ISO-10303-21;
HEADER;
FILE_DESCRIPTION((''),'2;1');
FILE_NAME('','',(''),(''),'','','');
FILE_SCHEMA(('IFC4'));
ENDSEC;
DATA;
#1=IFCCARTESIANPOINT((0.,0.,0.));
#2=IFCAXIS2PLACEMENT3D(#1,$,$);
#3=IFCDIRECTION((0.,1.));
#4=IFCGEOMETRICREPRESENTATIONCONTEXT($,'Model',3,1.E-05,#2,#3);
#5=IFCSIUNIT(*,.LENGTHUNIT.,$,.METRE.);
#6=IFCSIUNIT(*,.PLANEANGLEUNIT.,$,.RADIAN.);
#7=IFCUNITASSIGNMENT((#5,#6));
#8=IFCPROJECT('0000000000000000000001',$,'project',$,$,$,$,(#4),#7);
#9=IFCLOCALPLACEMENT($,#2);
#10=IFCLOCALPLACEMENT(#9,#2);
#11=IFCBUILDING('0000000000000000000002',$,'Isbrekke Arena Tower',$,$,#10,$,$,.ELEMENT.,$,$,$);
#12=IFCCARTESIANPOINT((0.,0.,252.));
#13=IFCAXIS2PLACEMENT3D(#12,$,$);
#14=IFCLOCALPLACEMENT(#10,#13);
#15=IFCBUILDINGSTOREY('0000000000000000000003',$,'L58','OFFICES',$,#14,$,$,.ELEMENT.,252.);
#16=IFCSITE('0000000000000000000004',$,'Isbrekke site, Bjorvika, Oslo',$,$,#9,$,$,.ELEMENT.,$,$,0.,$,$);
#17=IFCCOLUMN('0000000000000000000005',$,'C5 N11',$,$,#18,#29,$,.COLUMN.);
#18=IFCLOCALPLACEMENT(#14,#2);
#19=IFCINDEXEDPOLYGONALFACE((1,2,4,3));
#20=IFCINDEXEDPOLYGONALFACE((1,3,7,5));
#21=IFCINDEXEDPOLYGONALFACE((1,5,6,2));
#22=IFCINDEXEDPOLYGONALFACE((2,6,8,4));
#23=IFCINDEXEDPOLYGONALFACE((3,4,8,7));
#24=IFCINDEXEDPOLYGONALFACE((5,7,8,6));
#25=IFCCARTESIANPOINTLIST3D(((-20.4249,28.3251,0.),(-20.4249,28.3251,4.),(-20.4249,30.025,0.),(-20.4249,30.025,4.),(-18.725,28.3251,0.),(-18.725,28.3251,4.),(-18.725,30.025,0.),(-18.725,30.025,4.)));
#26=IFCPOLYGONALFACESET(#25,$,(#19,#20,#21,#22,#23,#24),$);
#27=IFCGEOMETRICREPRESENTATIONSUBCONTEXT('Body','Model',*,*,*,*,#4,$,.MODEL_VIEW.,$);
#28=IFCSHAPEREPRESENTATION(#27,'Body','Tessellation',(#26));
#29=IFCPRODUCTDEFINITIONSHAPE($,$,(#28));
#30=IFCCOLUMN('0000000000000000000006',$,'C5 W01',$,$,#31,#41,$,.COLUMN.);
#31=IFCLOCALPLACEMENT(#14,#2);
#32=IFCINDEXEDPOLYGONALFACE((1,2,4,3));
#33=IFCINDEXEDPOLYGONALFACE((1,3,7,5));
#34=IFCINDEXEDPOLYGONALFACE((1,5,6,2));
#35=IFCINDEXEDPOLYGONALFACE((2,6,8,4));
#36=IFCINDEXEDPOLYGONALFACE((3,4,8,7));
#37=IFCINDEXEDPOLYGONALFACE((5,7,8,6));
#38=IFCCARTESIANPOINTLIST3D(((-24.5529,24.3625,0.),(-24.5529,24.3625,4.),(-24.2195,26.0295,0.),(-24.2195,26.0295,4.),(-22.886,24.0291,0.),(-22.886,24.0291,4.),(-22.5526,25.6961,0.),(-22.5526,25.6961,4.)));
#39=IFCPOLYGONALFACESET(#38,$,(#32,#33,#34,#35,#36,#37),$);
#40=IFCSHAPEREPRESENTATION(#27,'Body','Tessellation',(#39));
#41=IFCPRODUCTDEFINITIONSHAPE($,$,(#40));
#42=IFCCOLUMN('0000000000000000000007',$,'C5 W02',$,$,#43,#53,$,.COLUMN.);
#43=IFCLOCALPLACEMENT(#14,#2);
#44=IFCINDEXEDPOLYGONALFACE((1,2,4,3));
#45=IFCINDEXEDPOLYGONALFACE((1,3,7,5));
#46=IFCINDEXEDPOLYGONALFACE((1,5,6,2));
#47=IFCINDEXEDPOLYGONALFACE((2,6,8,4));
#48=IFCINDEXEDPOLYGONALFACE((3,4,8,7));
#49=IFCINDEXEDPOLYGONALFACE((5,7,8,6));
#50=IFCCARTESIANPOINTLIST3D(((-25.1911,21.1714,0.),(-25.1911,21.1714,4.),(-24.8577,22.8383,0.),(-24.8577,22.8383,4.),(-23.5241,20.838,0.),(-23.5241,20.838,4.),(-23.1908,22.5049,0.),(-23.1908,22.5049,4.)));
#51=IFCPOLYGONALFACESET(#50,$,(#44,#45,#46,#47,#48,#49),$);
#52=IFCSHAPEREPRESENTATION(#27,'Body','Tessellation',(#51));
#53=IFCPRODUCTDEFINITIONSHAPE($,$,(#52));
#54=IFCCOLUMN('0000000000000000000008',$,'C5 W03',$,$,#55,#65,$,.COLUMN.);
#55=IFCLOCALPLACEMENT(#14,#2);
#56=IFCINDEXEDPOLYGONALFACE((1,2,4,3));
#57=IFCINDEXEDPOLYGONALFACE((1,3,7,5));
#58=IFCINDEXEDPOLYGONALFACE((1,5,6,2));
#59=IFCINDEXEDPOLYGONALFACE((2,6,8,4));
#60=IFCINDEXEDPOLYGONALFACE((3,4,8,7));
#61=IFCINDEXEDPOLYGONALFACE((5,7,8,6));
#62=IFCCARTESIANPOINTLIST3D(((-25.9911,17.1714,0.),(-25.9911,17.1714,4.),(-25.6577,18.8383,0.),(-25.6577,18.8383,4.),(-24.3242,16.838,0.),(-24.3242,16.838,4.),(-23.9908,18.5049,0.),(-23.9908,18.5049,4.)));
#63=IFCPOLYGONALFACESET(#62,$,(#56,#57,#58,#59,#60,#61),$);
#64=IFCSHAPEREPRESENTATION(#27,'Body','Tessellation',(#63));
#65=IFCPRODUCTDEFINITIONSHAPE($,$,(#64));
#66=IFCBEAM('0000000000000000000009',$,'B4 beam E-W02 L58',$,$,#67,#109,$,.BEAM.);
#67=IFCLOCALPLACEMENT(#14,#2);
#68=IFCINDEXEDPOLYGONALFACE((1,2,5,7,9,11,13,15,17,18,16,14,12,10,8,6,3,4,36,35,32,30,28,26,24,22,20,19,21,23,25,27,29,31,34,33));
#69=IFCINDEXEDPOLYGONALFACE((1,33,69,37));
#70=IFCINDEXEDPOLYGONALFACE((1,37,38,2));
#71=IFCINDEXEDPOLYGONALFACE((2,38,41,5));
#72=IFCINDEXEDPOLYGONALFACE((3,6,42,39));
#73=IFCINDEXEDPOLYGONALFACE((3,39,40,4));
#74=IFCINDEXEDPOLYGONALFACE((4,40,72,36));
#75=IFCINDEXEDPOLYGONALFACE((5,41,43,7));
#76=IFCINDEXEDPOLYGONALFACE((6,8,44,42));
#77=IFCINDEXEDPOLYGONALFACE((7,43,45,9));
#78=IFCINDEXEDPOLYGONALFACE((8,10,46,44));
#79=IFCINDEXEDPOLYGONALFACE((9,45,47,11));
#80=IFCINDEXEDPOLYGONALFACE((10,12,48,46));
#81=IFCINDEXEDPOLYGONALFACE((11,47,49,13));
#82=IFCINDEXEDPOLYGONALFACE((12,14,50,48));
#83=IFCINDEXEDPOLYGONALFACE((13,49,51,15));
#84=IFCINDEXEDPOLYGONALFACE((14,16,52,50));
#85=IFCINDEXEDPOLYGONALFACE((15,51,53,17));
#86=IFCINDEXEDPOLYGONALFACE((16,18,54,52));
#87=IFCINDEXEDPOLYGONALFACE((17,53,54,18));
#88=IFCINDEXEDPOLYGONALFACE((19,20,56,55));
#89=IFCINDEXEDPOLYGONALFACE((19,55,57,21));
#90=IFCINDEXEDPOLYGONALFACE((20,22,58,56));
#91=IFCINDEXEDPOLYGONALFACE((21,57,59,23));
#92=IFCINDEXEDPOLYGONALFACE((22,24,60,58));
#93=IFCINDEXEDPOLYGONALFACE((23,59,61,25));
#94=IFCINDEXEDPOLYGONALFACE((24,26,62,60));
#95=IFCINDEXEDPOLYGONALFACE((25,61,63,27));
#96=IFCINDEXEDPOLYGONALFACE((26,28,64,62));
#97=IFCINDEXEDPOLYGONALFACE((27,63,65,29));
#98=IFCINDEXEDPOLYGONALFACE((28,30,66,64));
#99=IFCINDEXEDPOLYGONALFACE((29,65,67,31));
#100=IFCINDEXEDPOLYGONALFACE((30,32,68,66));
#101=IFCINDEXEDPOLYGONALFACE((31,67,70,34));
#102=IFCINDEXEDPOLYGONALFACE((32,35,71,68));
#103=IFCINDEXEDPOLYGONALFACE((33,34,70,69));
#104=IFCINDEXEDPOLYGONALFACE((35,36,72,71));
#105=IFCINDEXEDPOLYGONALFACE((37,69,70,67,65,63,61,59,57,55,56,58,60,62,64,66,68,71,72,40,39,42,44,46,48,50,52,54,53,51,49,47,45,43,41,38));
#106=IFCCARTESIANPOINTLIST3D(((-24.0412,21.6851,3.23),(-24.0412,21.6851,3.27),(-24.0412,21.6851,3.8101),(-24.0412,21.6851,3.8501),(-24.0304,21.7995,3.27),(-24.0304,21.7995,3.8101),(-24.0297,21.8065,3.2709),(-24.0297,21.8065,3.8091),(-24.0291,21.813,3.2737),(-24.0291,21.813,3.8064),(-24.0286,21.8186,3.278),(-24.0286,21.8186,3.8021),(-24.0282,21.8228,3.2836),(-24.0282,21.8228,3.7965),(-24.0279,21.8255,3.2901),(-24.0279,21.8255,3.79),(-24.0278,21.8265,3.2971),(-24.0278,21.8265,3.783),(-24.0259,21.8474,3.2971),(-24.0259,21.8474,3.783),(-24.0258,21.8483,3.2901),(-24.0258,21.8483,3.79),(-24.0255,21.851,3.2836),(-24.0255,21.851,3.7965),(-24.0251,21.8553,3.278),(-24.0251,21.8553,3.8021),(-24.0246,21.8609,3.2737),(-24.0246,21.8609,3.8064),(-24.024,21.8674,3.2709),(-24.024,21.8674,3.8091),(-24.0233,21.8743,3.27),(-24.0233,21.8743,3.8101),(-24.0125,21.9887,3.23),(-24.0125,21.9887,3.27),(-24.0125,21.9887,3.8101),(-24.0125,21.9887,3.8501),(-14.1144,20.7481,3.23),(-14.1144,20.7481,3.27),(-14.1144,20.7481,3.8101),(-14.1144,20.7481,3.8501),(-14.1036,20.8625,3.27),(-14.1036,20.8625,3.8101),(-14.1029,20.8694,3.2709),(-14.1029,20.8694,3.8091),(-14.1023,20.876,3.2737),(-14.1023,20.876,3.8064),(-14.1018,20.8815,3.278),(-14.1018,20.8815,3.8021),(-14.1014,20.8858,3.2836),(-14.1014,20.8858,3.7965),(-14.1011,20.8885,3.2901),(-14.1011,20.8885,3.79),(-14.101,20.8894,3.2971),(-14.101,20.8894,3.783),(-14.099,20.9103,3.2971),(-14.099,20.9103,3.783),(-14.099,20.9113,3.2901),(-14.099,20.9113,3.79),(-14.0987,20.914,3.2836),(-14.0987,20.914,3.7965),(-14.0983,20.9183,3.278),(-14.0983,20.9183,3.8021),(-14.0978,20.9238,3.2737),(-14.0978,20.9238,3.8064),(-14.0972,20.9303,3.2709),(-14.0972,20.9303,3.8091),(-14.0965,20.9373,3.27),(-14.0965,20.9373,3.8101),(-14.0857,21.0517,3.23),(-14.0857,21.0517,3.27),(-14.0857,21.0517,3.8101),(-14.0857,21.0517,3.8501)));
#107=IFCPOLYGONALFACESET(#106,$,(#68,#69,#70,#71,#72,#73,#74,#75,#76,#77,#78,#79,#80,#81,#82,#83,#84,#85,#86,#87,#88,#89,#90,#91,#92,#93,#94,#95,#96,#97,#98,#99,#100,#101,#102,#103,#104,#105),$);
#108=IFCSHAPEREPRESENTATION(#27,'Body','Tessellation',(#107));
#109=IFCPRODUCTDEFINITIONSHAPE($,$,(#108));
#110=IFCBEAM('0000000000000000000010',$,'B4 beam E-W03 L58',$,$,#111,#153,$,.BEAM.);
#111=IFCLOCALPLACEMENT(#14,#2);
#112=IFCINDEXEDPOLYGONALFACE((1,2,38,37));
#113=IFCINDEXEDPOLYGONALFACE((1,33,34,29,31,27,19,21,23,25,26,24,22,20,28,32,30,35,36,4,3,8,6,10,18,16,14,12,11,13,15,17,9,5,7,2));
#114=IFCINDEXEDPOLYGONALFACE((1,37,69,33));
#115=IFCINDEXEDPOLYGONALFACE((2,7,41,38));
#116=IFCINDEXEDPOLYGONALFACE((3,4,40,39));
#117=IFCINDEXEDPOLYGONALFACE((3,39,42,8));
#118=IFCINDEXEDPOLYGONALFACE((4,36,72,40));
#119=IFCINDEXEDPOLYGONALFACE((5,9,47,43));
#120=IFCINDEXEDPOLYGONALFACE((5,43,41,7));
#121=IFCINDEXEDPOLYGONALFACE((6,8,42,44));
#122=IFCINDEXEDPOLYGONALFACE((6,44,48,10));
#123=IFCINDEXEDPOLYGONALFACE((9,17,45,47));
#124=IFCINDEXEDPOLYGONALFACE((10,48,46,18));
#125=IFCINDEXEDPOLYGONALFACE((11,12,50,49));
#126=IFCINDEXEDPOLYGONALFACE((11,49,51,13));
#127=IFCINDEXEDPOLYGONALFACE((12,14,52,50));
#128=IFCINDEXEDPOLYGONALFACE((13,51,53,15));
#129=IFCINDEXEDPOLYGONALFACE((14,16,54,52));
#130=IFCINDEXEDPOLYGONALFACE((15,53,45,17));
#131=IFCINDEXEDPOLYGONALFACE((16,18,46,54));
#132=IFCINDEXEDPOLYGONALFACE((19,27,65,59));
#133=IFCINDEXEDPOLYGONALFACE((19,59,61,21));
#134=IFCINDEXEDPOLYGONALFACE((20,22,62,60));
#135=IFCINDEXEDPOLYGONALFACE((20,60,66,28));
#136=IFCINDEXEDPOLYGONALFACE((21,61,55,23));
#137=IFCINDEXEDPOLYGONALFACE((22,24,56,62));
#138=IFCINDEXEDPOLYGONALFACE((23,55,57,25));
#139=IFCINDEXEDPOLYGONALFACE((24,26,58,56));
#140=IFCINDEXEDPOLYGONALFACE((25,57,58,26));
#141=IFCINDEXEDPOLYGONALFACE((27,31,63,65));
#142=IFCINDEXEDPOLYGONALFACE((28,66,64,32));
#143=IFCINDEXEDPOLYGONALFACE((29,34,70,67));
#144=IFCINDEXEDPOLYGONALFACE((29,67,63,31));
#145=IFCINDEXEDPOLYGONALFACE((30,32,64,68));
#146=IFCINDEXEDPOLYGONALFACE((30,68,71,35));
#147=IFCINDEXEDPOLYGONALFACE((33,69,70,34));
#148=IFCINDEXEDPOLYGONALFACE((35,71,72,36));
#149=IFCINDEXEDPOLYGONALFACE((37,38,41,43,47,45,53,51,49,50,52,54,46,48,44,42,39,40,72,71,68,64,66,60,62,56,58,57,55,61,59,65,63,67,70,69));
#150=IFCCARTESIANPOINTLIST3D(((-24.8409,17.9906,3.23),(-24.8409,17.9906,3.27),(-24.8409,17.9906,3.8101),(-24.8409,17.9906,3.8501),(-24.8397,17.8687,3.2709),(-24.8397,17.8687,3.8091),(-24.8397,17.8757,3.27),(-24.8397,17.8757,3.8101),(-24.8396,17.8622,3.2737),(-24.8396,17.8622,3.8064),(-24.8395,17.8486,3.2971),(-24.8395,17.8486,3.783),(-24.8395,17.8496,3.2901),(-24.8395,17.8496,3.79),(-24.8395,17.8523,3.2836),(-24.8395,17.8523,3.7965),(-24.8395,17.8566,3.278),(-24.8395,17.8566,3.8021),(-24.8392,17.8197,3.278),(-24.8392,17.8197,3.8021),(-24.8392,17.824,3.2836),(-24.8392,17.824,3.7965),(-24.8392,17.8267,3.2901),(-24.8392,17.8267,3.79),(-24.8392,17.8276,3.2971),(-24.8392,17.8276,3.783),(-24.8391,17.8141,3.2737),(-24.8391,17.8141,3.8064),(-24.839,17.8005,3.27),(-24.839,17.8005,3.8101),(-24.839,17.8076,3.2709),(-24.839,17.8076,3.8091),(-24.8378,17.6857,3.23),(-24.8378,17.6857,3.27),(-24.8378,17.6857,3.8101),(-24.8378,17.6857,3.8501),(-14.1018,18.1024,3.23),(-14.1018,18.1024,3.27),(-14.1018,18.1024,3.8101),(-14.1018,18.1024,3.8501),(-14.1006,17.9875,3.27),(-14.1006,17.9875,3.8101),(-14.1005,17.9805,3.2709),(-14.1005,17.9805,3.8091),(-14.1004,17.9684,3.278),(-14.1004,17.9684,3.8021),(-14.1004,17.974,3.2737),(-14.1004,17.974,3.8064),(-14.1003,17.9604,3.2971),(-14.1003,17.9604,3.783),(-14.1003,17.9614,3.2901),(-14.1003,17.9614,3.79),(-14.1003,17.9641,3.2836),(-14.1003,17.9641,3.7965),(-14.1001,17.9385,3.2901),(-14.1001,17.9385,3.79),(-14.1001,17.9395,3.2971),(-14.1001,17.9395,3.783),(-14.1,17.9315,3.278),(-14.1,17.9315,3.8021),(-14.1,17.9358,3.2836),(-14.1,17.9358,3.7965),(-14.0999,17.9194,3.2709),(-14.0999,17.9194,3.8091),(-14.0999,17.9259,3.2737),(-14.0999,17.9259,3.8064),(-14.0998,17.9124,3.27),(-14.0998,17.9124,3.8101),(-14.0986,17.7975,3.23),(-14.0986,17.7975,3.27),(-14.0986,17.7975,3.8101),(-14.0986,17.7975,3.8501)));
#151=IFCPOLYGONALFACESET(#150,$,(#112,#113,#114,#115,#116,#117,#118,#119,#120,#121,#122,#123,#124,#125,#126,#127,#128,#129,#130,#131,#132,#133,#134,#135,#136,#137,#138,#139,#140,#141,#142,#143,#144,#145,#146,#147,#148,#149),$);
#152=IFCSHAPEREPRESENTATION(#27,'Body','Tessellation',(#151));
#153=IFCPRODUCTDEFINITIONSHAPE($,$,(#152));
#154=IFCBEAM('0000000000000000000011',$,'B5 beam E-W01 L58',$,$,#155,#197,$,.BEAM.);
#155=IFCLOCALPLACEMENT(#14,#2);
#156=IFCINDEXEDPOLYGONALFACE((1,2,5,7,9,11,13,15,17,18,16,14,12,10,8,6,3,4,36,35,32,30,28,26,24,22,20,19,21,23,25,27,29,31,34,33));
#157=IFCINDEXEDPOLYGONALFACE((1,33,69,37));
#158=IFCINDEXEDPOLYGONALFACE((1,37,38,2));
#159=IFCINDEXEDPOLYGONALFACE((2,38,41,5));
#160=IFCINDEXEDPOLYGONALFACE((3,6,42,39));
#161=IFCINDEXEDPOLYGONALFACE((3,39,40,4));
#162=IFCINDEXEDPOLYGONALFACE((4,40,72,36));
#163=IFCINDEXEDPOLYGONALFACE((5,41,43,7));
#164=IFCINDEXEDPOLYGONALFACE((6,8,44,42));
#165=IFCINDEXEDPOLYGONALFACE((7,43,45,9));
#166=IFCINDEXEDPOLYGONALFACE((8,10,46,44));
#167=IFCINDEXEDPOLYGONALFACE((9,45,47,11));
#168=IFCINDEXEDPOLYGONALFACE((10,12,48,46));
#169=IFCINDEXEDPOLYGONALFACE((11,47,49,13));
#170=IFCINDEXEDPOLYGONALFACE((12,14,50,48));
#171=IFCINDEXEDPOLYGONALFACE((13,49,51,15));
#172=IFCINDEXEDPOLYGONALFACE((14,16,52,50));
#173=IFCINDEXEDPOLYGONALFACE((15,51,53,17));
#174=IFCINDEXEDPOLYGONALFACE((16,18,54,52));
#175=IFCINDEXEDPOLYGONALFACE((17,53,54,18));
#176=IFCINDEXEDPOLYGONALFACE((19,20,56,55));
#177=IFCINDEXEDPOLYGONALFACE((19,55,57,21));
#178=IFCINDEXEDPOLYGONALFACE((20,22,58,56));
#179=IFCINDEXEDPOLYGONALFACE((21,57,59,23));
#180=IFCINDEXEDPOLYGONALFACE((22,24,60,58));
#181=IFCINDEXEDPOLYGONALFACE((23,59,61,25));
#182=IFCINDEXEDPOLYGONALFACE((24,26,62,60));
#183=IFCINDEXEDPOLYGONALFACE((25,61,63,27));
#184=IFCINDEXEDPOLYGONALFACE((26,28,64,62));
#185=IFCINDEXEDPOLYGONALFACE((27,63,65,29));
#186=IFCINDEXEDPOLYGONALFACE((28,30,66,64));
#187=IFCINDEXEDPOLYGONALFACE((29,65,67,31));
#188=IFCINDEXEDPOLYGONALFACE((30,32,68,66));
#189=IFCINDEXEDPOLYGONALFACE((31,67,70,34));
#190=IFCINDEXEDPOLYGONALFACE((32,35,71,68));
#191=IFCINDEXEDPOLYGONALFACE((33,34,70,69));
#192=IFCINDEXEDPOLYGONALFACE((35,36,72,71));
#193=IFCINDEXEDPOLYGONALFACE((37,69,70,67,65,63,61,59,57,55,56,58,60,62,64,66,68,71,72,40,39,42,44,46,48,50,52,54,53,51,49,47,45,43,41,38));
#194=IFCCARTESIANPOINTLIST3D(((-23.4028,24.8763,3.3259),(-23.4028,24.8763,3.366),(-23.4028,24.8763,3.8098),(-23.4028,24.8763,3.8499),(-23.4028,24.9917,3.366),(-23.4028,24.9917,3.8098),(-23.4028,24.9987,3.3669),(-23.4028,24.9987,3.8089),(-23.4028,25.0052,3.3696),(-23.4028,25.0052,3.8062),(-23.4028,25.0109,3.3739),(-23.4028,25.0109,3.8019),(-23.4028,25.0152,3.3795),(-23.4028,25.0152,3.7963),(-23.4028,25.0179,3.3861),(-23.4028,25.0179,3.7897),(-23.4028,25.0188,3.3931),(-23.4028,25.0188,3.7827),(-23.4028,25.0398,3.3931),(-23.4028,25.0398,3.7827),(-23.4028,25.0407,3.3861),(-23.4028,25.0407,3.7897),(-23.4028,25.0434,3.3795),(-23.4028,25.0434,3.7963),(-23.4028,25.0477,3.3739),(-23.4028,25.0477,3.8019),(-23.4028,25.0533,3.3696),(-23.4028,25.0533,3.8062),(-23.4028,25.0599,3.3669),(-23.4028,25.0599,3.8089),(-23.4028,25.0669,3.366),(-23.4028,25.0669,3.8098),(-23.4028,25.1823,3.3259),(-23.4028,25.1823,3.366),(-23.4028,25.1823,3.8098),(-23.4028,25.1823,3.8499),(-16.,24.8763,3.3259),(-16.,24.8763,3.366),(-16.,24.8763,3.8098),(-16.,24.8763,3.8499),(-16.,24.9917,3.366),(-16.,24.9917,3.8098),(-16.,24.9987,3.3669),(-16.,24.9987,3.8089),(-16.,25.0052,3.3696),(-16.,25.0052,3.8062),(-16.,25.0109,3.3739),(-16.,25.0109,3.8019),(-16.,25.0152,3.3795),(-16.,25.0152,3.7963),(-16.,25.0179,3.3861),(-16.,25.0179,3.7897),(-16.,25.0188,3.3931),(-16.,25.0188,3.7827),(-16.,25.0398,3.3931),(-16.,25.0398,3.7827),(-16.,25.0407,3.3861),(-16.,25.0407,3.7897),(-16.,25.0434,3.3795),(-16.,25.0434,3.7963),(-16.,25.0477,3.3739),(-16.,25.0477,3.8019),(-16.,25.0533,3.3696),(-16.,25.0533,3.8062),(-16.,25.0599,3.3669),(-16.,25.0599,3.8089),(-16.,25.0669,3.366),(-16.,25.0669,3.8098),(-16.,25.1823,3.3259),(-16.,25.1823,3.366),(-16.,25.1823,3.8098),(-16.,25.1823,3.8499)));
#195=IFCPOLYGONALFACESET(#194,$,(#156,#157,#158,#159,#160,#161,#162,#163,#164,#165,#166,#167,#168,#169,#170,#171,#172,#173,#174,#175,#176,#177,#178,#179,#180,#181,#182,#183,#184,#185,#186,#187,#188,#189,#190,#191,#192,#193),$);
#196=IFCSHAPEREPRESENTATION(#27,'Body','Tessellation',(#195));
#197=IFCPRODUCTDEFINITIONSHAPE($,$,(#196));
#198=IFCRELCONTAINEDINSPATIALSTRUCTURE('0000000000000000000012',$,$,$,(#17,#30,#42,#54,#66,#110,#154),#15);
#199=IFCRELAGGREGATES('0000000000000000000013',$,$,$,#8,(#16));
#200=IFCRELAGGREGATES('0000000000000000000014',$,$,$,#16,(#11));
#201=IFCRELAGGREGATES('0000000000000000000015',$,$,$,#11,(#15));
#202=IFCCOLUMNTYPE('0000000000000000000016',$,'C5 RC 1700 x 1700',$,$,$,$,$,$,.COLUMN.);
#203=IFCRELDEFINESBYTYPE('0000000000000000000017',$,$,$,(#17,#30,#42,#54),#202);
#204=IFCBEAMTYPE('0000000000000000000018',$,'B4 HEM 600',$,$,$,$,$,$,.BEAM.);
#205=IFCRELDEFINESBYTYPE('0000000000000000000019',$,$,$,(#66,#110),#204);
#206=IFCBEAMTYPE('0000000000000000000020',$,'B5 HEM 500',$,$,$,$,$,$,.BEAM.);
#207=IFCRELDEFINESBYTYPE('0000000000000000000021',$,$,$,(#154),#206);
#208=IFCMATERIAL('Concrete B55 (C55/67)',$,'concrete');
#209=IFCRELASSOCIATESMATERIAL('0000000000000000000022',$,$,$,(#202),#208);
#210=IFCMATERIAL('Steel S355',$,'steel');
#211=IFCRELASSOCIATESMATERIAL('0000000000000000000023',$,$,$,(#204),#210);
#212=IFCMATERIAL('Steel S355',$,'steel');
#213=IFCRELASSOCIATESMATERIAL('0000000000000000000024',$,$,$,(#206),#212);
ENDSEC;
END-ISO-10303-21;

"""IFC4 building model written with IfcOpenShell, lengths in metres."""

from ifc_helpers import new_model, si_unit, direction, frame, origin, origin_2d, place, context, subcontext, project, spatial, rectangle, i_section, extrude, material, material_profile, profile_set, type_object, element, save


model = new_model("IFC4")

# Units and contexts
model_context = context("Model", 3, precision=1e-05, world=origin(), true_north=direction((0.0, 1.0)))
body_context = subcontext(model_context, "Body", "Model", "MODEL_VIEW")
ifc_project = project(units=[si_unit("LENGTHUNIT", "METRE"), si_unit("PLANEANGLEUNIT", "RADIAN")], contexts=[model_context])

# Site, building, storey
site_placement = place(None, origin())
site = spatial("IfcSite", under=ifc_project, at=site_placement, Name="Isbrekke site, Bjorvika, Oslo", CompositionType="ELEMENT", RefElevation=0.0)
building_placement = place(site_placement, origin())
building = spatial("IfcBuilding", under=site, at=building_placement, Name="Isbrekke Arena Tower", CompositionType="ELEMENT")
storey_placement = place(building_placement, frame((0.0, 0.0, 252.0)))
storey = spatial("IfcBuildingStorey", under=building, at=storey_placement, Name="L58", Description="OFFICES", CompositionType="ELEMENT", Elevation=252.0)

# Columns
ifc_material_1 = material(Name="Concrete B55 (C55/67)", Category="concrete")
ifc_material_profile_1 = material_profile(ifc_material_1, rectangle(XDim=1.7, YDim=1.7, at=origin_2d()), Name="RC 1700x1700")
ifc_profile_set_1 = profile_set([ifc_material_profile_1], Name="Concrete B55 (C55/67)")
column_type = type_object("IfcColumnType", Name="C5 RC 1700 x 1700", PredefinedType="COLUMN", material=ifc_profile_set_1)
for number, where, z_axis, x_axis, name in (
    (1, (-19.575, 29.175, 0.0), (0.0, 0.0, 1.0), (-1.0, 0.0, 0.0), "C5 N11"),
    (2, (-23.5527, 25.0293, 0.0), (0.0, 0.0, 1.0), (-0.196116, -0.980581, 0.0), "C5 W01"),
    (3, (-24.1909, 21.8381, 0.0), (0.0, 0.0, 1.0), (-0.196116, -0.980581, 0.0), "C5 W02"),
    (4, (-24.991, 17.8381, 0.0), (0.0, 0.0, 1.0), (-0.196116, -0.980581, 0.0), "C5 W03"),
):
    element("IfcColumn", number, at=place(storey_placement, frame(where, z_axis=z_axis, x_axis=x_axis)), inside=storey, type_object=column_type, Name=name, PredefinedType="COLUMN", context=body_context, shape_type="SweptSolid", body=[
        extrude(rectangle(XDim=1.7, YDim=1.7, at=origin_2d()), origin(), (0.0, 0.0, 1.0), 4.0),
    ])

# Beams
ifc_material_2 = material(Name="Steel S355", Category="steel")
ifc_material_profile_2 = material_profile(ifc_material_2, i_section(OverallWidth=0.3049, OverallDepth=0.6201, WebThickness=0.021, FlangeThickness=0.04, FilletRadius=0.0271, at=origin_2d()), Name="HEM 600")
ifc_profile_set_2 = profile_set([ifc_material_profile_2], Name="Steel S355")
beam_type_1 = type_object("IfcBeamType", Name="B4 HEM 600", PredefinedType="BEAM", material=ifc_profile_set_2)
beam_1_placement = place(storey_placement, frame((-24.0269, 21.8369, 3.54), z_axis=(0.995575, -0.093975, 0.0), x_axis=(0.093975, 0.995575, 0.0)))
element("IfcBeam", 5, at=beam_1_placement, inside=storey, type_object=beam_type_1, Name="B4 beam E-W02 L58", PredefinedType="BEAM", context=body_context, shape_type="SweptSolid", body=[
    extrude(i_section(OverallWidth=0.3049, OverallDepth=0.6201, WebThickness=0.021, FlangeThickness=0.04, FilletRadius=0.0271, at=origin_2d()), origin(), (0.0, 0.0, 1.0), 9.9709),
])
beam_2_placement = place(storey_placement, frame((-24.8394, 17.8381, 3.54), z_axis=(0.999946, 0.010411, 0.0), x_axis=(-0.010411, 0.999946, 0.0)))
element("IfcBeam", 6, at=beam_2_placement, inside=storey, type_object=beam_type_1, Name="B4 beam E-W03 L58", PredefinedType="BEAM", context=body_context, shape_type="SweptSolid", body=[
    extrude(i_section(OverallWidth=0.3049, OverallDepth=0.6201, WebThickness=0.021, FlangeThickness=0.04, FilletRadius=0.0271, at=origin_2d()), origin(), (0.0, 0.0, 1.0), 10.7397),
])
ifc_material_3 = material(Name="Steel S355", Category="steel")
ifc_material_profile_3 = material_profile(ifc_material_3, i_section(OverallWidth=0.3059, OverallDepth=0.5239, WebThickness=0.021, FlangeThickness=0.04, FilletRadius=0.0271, at=origin_2d()), Name="HEM 500")
ifc_profile_set_3 = profile_set([ifc_material_profile_3], Name="Steel S355")
beam_type_2 = type_object("IfcBeamType", Name="B5 HEM 500", PredefinedType="BEAM", material=ifc_profile_set_3)
beam_3_placement = place(storey_placement, frame((-23.4028, 25.0293, 3.5879), z_axis=(1.0, 0.0, 0.0), x_axis=(0.0, 1.0, 0.0)))
element("IfcBeam", 7, at=beam_3_placement, inside=storey, type_object=beam_type_2, Name="B5 beam E-W01 L58", PredefinedType="BEAM", context=body_context, shape_type="SweptSolid", body=[
    extrude(i_section(OverallWidth=0.3059, OverallDepth=0.5239, WebThickness=0.021, FlangeThickness=0.04, FilletRadius=0.0271, at=origin_2d()), origin(), (0.0, 0.0, 1.0), 7.4028),
])

save(model, "model.ifc")
